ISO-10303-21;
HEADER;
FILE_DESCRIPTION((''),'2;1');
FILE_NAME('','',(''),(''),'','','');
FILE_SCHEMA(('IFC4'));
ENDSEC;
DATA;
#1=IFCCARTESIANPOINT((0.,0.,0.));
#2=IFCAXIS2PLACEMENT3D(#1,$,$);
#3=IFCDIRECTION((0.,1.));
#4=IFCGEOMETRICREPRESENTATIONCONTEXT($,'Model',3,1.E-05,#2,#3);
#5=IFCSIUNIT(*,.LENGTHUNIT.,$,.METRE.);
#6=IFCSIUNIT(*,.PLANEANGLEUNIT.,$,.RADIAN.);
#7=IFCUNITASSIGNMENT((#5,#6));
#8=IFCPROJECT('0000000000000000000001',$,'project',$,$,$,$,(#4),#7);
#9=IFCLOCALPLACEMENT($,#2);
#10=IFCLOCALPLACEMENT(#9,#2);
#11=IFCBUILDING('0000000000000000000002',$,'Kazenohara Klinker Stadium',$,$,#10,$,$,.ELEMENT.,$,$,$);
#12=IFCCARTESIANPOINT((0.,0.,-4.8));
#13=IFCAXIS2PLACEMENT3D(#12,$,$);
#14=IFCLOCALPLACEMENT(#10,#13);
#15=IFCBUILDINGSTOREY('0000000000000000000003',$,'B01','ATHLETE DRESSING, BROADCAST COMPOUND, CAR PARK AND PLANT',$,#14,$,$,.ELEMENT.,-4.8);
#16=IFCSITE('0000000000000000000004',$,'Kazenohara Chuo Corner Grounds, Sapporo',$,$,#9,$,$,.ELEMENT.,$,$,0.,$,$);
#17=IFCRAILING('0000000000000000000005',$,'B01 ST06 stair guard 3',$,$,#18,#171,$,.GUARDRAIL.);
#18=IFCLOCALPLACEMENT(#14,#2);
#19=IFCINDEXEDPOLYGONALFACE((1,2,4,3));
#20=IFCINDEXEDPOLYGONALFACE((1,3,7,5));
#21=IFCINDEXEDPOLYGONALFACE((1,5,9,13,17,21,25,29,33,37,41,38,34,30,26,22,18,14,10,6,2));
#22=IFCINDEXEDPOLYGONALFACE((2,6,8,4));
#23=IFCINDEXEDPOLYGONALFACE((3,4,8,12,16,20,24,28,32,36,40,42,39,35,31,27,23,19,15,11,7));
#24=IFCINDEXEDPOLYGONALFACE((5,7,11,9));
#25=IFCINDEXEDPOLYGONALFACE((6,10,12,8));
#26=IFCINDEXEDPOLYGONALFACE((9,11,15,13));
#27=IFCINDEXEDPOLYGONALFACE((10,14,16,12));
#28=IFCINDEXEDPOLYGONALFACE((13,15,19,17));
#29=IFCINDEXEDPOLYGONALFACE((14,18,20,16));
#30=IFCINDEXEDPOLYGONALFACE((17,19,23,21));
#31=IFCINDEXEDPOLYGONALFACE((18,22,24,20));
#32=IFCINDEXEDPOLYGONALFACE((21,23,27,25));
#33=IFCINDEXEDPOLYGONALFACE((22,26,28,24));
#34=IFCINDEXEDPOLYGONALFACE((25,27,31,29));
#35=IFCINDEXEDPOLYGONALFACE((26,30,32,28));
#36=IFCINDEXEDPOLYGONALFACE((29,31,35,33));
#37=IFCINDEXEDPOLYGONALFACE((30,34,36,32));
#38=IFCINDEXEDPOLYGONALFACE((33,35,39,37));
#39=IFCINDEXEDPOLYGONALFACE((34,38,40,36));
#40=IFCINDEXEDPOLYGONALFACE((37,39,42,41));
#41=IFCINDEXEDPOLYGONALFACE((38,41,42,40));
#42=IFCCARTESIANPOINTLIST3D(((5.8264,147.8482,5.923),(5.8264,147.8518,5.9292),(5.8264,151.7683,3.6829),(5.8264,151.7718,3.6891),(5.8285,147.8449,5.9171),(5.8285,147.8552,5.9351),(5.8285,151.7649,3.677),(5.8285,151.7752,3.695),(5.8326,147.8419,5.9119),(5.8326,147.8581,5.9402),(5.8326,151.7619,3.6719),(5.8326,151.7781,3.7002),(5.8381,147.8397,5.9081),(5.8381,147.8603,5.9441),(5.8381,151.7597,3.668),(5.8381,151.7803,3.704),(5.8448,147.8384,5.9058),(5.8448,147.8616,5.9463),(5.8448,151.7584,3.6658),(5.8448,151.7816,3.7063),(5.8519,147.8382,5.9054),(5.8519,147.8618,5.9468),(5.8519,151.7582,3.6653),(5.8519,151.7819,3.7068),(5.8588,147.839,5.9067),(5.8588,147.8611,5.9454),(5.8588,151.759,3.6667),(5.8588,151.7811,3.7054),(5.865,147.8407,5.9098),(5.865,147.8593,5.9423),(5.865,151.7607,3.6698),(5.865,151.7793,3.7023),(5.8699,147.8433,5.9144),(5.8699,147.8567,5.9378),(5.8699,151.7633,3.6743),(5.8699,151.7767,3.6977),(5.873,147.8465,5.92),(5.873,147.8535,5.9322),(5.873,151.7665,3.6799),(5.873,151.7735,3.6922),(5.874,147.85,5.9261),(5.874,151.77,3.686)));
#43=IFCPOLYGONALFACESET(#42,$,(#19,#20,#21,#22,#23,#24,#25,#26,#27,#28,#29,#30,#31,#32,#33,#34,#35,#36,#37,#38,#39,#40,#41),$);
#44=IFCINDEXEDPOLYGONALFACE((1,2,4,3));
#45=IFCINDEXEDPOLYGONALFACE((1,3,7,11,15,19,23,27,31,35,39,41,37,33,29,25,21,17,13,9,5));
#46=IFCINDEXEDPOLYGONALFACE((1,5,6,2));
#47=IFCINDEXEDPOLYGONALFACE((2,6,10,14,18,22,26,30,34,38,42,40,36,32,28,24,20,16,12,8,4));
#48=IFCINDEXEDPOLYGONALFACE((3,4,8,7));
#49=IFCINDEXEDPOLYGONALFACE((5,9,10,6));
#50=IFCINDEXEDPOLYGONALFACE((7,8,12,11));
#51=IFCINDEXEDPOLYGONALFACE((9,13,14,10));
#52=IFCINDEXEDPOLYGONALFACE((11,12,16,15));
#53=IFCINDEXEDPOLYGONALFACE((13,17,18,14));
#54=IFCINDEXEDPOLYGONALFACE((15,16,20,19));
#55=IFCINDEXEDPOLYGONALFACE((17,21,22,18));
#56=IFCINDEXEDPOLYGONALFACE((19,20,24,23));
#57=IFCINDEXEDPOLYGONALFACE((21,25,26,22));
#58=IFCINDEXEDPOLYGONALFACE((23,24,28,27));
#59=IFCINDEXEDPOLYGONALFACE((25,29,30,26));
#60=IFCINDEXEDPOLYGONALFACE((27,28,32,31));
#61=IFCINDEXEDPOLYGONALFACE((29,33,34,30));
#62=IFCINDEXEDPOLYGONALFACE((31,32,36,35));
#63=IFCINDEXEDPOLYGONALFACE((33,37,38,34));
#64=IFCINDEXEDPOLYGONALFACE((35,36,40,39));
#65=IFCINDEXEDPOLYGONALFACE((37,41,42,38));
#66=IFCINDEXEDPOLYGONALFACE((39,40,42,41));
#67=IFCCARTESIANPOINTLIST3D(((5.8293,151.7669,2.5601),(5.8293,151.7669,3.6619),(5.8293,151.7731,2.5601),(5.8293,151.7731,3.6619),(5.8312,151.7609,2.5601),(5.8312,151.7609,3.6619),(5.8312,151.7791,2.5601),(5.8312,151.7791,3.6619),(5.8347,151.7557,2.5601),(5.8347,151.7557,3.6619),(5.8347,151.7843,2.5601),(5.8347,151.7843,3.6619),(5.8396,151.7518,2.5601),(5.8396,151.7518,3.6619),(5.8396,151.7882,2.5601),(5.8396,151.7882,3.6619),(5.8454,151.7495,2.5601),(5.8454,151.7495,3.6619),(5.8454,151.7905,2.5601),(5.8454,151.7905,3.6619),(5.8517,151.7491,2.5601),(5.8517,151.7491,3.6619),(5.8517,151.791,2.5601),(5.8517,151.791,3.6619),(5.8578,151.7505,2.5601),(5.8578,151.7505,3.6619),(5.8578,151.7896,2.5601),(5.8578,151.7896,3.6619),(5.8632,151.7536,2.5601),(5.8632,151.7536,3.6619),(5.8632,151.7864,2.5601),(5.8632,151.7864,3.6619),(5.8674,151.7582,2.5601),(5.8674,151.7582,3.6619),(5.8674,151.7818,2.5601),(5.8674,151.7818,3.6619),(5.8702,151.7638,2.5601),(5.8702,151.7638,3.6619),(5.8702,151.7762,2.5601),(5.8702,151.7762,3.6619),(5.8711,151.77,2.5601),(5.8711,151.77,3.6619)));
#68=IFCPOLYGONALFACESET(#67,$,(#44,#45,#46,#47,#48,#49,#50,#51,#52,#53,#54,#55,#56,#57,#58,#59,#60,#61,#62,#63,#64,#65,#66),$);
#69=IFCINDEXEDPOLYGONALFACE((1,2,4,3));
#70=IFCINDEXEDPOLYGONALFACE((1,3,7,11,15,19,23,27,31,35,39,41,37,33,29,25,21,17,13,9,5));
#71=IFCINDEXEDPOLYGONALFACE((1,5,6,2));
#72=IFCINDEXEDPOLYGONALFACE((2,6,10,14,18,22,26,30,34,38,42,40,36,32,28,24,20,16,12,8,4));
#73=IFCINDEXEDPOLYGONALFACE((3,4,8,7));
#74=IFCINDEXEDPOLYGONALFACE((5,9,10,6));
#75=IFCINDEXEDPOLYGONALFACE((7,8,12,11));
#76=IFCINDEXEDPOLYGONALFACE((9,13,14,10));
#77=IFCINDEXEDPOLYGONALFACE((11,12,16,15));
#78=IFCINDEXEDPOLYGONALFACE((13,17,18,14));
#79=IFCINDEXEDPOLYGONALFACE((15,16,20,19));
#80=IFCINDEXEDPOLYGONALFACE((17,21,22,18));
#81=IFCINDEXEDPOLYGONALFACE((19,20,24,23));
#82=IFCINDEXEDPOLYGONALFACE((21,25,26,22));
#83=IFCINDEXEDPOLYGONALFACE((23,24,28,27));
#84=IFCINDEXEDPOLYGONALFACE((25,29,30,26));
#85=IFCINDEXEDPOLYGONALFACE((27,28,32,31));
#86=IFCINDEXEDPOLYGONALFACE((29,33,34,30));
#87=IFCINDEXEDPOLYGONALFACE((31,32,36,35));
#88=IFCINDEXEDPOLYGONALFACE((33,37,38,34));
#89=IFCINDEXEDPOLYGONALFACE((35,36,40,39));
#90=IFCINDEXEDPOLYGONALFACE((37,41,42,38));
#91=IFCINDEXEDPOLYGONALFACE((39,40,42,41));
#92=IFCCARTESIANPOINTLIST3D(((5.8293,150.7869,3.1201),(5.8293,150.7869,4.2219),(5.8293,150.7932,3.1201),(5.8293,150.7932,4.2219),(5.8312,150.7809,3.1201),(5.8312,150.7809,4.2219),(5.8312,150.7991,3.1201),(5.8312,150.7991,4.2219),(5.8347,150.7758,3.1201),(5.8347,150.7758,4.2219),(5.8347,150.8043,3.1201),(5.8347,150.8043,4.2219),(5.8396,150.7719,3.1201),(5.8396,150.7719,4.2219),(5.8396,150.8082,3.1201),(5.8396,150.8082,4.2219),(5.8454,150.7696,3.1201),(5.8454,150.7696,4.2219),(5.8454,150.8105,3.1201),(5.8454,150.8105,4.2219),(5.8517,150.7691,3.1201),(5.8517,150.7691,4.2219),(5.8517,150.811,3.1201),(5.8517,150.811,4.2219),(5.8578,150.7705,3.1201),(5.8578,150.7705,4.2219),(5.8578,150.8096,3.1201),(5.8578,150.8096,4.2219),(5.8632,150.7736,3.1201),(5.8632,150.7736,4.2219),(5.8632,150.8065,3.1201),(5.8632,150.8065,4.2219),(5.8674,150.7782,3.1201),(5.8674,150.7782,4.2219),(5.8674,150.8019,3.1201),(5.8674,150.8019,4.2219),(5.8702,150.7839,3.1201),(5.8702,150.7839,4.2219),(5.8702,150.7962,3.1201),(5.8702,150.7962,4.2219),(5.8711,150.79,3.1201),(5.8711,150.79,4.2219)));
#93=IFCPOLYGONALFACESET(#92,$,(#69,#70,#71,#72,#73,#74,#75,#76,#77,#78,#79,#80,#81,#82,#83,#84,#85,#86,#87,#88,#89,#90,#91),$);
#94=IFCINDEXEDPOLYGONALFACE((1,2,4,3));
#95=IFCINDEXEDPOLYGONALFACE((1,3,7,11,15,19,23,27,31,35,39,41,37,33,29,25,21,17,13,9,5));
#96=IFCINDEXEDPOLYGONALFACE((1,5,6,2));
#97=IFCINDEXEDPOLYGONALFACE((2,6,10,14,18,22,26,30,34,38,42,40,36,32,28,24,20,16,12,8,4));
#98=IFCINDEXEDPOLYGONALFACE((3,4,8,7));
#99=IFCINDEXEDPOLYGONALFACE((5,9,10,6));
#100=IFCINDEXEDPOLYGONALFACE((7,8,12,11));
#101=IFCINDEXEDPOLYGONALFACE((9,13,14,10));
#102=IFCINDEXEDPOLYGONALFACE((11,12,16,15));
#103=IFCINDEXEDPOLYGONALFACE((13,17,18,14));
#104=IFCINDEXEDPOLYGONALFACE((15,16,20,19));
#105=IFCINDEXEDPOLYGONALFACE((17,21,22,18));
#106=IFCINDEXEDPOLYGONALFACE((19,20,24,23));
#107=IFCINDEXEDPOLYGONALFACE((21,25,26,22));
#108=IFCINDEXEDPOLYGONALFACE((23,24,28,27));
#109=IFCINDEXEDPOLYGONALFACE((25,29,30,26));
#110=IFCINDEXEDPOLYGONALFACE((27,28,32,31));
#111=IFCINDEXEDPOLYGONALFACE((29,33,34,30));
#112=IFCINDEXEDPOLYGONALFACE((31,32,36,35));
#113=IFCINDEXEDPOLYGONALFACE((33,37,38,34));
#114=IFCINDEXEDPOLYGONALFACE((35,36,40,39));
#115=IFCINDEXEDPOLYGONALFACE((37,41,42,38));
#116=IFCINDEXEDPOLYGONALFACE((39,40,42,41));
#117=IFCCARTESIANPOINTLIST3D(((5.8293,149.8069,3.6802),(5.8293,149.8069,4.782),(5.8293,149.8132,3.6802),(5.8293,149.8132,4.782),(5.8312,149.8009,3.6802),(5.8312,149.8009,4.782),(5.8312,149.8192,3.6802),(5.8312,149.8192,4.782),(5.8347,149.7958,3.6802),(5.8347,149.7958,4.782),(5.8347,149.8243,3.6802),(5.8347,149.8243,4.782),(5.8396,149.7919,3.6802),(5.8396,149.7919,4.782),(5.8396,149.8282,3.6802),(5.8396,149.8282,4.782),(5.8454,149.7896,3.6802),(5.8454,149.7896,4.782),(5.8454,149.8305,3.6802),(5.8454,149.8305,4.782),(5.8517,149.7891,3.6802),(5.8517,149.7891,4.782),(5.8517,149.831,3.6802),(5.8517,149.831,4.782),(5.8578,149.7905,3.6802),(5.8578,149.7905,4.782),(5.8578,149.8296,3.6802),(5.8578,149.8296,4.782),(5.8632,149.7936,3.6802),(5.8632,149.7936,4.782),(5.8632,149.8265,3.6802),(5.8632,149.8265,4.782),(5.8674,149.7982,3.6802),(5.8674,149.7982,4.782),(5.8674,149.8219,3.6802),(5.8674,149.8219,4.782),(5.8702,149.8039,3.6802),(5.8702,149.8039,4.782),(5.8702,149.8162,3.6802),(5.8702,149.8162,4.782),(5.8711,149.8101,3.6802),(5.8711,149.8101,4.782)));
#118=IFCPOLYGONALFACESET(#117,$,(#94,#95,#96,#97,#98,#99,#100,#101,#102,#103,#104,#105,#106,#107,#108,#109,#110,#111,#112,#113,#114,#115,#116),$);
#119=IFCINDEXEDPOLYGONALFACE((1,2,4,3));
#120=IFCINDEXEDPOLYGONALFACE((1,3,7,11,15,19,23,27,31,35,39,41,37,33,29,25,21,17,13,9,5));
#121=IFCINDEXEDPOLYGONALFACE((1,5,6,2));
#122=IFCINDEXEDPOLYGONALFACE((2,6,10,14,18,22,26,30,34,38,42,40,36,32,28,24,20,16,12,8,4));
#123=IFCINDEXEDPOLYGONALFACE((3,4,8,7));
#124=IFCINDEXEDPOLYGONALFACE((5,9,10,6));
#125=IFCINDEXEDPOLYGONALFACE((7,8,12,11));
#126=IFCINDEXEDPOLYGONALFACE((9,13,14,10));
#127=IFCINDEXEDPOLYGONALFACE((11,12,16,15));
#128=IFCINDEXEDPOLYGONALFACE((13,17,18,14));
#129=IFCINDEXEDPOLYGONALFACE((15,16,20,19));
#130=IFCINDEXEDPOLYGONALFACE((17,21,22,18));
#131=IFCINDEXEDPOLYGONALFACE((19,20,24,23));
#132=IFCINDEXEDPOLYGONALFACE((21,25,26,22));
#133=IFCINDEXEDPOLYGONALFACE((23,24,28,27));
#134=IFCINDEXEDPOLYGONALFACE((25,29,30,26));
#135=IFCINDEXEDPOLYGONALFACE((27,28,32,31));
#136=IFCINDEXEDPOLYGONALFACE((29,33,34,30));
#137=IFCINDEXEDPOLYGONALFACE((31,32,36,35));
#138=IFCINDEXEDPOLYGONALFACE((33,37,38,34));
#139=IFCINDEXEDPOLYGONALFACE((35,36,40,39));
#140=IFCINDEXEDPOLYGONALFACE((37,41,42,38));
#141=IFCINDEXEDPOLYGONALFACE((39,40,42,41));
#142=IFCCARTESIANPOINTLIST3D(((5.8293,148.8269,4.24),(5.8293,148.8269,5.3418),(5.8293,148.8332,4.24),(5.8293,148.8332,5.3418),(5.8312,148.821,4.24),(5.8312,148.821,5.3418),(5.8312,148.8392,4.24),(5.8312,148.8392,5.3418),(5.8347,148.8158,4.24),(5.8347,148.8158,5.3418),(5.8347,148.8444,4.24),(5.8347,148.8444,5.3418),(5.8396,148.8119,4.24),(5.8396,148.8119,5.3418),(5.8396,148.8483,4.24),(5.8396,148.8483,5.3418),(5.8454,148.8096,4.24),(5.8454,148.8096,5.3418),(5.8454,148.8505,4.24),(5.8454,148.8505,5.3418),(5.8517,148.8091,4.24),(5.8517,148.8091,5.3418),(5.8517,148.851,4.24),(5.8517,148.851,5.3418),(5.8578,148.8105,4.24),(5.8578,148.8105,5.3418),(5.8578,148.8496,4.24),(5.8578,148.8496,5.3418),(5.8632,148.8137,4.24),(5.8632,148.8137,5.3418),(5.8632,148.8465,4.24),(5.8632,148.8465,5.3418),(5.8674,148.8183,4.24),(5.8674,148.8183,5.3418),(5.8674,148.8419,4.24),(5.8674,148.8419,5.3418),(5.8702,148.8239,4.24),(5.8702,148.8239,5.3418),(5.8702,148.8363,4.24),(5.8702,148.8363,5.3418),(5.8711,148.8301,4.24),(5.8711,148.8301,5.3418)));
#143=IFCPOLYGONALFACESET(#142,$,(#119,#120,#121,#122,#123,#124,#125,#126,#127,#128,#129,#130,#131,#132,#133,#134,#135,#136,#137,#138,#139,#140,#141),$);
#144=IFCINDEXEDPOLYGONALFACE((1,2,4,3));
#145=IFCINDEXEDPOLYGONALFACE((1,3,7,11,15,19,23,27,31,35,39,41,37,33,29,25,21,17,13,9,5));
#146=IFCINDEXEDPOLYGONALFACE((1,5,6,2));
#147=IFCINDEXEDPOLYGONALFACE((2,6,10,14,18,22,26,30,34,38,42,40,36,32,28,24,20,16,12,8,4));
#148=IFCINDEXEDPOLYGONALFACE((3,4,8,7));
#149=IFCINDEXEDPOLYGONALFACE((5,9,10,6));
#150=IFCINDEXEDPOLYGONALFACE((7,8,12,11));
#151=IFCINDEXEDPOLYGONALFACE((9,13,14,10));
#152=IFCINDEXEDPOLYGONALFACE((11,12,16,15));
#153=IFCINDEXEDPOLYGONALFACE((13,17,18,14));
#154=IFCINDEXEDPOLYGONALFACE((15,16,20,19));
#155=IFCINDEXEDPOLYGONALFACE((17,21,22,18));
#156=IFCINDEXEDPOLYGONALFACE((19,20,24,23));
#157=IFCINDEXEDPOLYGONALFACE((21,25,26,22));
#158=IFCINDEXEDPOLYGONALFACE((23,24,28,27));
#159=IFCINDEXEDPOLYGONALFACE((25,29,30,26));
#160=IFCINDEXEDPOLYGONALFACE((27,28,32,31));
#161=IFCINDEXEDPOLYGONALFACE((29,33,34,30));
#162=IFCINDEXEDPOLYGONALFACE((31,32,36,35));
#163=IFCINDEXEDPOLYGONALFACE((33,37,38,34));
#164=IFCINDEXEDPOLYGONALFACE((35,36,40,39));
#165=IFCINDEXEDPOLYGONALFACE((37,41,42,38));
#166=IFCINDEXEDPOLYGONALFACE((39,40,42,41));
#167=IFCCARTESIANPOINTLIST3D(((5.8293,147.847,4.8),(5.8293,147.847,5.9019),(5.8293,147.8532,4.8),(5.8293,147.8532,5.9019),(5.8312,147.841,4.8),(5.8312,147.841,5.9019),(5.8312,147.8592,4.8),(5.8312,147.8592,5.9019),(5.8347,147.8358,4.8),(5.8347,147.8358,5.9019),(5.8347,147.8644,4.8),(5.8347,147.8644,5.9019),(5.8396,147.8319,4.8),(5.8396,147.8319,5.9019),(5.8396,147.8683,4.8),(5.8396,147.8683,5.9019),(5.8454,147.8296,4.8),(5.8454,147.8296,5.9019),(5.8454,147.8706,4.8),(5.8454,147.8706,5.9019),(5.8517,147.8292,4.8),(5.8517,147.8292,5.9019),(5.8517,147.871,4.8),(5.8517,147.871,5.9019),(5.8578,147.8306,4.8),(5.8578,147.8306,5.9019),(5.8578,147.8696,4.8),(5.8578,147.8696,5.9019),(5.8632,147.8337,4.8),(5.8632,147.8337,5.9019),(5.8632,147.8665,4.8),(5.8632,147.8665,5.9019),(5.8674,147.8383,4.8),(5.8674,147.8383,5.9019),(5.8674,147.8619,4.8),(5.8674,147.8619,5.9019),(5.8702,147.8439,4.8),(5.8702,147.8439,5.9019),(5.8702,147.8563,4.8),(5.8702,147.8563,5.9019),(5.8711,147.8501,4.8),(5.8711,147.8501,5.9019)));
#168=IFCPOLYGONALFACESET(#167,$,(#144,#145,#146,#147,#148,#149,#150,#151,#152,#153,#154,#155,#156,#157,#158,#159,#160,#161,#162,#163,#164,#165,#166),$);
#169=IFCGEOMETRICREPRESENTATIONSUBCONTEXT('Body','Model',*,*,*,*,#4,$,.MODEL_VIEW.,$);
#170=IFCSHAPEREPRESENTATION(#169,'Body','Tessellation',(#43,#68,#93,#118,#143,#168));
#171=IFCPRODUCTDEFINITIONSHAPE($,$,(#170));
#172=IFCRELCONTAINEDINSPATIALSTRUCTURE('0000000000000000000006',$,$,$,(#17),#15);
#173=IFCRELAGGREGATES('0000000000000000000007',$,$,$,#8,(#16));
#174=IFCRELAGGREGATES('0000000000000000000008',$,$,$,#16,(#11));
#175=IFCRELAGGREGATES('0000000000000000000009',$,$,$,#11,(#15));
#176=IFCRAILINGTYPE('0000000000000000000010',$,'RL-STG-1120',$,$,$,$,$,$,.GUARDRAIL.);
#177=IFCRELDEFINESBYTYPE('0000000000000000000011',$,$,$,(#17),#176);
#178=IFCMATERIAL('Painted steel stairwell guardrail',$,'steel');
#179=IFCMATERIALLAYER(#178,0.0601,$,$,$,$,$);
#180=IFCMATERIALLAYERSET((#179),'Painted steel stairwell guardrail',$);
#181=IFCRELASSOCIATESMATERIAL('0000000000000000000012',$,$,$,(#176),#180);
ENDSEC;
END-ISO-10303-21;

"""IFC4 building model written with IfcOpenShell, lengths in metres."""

from ifc_helpers import new_model, si_unit, direction, frame, origin, origin_2d, place, context, subcontext, project, spatial, circle, extrude, material, layer, layer_set, type_object, element, save


model = new_model("IFC4")

# Units and contexts
model_context = context("Model", 3, precision=1e-05, world=origin(), true_north=direction((0.0, 1.0)))
body_context = subcontext(model_context, "Body", "Model", "MODEL_VIEW")
ifc_project = project(units=[si_unit("LENGTHUNIT", "METRE"), si_unit("PLANEANGLEUNIT", "RADIAN")], contexts=[model_context])

# Site, building, storey
site_placement = place(None, origin())
site = spatial("IfcSite", under=ifc_project, at=site_placement, Name="Kazenohara Chuo Corner Grounds, Sapporo", CompositionType="ELEMENT", RefElevation=0.0)
building_placement = place(site_placement, origin())
building = spatial("IfcBuilding", under=site, at=building_placement, Name="Kazenohara Klinker Stadium", CompositionType="ELEMENT")
storey_placement = place(building_placement, frame((0.0, 0.0, -4.8)))
storey = spatial("IfcBuildingStorey", under=building, at=storey_placement, Name="B01", Description="ATHLETE DRESSING, BROADCAST COMPOUND, CAR PARK AND PLANT", CompositionType="ELEMENT", Elevation=-4.8)

# Railing
ifc_material_1 = material(Name="Painted steel stairwell guardrail", Category="steel")
ifc_layer_1 = layer(ifc_material_1, 0.0601)
ifc_layer_set_1 = layer_set([ifc_layer_1], Name="Painted steel stairwell guardrail")
railing_type_1 = type_object("IfcRailingType", Name="RL-STG-1120", PredefinedType="GUARDRAIL", material=ifc_layer_set_1)
railing_1_placement = place(storey_placement, frame((5.8501, 151.77, 2.5601)))
element("IfcRailing", 1, at=railing_1_placement, inside=storey, type_object=railing_type_1, Name="B01 ST06 stair guard 3", PredefinedType="GUARDRAIL", context=body_context, shape_type="SweptSolid", body=[
    extrude(circle(Radius=0.0239, at=origin_2d()), frame((0.0, 0.0, 1.126), z_axis=(0.0, -0.86824, 0.496145), x_axis=(1.0, 0.0, 0.0)), (0.0, 0.0, 1.0), 4.5149),
    extrude(circle(Radius=0.021, at=origin_2d()), origin(), (0.0, 0.0, 1.0), 1.1018),
    extrude(circle(Radius=0.021, at=origin_2d()), frame((0.0, -0.98, 0.5601)), (0.0, 0.0, 1.0), 1.1018),
    extrude(circle(Radius=0.021, at=origin_2d()), frame((0.0, -1.96, 1.1201)), (0.0, 0.0, 1.0), 1.1018),
    extrude(circle(Radius=0.021, at=origin_2d()), frame((0.0, -2.9399, 1.6799)), (0.0, 0.0, 1.0), 1.1018),
    extrude(circle(Radius=0.021, at=origin_2d()), frame((0.0, -3.9199, 2.24)), (0.0, 0.0, 1.0), 1.1018),
])

save(model, "model.ifc")
